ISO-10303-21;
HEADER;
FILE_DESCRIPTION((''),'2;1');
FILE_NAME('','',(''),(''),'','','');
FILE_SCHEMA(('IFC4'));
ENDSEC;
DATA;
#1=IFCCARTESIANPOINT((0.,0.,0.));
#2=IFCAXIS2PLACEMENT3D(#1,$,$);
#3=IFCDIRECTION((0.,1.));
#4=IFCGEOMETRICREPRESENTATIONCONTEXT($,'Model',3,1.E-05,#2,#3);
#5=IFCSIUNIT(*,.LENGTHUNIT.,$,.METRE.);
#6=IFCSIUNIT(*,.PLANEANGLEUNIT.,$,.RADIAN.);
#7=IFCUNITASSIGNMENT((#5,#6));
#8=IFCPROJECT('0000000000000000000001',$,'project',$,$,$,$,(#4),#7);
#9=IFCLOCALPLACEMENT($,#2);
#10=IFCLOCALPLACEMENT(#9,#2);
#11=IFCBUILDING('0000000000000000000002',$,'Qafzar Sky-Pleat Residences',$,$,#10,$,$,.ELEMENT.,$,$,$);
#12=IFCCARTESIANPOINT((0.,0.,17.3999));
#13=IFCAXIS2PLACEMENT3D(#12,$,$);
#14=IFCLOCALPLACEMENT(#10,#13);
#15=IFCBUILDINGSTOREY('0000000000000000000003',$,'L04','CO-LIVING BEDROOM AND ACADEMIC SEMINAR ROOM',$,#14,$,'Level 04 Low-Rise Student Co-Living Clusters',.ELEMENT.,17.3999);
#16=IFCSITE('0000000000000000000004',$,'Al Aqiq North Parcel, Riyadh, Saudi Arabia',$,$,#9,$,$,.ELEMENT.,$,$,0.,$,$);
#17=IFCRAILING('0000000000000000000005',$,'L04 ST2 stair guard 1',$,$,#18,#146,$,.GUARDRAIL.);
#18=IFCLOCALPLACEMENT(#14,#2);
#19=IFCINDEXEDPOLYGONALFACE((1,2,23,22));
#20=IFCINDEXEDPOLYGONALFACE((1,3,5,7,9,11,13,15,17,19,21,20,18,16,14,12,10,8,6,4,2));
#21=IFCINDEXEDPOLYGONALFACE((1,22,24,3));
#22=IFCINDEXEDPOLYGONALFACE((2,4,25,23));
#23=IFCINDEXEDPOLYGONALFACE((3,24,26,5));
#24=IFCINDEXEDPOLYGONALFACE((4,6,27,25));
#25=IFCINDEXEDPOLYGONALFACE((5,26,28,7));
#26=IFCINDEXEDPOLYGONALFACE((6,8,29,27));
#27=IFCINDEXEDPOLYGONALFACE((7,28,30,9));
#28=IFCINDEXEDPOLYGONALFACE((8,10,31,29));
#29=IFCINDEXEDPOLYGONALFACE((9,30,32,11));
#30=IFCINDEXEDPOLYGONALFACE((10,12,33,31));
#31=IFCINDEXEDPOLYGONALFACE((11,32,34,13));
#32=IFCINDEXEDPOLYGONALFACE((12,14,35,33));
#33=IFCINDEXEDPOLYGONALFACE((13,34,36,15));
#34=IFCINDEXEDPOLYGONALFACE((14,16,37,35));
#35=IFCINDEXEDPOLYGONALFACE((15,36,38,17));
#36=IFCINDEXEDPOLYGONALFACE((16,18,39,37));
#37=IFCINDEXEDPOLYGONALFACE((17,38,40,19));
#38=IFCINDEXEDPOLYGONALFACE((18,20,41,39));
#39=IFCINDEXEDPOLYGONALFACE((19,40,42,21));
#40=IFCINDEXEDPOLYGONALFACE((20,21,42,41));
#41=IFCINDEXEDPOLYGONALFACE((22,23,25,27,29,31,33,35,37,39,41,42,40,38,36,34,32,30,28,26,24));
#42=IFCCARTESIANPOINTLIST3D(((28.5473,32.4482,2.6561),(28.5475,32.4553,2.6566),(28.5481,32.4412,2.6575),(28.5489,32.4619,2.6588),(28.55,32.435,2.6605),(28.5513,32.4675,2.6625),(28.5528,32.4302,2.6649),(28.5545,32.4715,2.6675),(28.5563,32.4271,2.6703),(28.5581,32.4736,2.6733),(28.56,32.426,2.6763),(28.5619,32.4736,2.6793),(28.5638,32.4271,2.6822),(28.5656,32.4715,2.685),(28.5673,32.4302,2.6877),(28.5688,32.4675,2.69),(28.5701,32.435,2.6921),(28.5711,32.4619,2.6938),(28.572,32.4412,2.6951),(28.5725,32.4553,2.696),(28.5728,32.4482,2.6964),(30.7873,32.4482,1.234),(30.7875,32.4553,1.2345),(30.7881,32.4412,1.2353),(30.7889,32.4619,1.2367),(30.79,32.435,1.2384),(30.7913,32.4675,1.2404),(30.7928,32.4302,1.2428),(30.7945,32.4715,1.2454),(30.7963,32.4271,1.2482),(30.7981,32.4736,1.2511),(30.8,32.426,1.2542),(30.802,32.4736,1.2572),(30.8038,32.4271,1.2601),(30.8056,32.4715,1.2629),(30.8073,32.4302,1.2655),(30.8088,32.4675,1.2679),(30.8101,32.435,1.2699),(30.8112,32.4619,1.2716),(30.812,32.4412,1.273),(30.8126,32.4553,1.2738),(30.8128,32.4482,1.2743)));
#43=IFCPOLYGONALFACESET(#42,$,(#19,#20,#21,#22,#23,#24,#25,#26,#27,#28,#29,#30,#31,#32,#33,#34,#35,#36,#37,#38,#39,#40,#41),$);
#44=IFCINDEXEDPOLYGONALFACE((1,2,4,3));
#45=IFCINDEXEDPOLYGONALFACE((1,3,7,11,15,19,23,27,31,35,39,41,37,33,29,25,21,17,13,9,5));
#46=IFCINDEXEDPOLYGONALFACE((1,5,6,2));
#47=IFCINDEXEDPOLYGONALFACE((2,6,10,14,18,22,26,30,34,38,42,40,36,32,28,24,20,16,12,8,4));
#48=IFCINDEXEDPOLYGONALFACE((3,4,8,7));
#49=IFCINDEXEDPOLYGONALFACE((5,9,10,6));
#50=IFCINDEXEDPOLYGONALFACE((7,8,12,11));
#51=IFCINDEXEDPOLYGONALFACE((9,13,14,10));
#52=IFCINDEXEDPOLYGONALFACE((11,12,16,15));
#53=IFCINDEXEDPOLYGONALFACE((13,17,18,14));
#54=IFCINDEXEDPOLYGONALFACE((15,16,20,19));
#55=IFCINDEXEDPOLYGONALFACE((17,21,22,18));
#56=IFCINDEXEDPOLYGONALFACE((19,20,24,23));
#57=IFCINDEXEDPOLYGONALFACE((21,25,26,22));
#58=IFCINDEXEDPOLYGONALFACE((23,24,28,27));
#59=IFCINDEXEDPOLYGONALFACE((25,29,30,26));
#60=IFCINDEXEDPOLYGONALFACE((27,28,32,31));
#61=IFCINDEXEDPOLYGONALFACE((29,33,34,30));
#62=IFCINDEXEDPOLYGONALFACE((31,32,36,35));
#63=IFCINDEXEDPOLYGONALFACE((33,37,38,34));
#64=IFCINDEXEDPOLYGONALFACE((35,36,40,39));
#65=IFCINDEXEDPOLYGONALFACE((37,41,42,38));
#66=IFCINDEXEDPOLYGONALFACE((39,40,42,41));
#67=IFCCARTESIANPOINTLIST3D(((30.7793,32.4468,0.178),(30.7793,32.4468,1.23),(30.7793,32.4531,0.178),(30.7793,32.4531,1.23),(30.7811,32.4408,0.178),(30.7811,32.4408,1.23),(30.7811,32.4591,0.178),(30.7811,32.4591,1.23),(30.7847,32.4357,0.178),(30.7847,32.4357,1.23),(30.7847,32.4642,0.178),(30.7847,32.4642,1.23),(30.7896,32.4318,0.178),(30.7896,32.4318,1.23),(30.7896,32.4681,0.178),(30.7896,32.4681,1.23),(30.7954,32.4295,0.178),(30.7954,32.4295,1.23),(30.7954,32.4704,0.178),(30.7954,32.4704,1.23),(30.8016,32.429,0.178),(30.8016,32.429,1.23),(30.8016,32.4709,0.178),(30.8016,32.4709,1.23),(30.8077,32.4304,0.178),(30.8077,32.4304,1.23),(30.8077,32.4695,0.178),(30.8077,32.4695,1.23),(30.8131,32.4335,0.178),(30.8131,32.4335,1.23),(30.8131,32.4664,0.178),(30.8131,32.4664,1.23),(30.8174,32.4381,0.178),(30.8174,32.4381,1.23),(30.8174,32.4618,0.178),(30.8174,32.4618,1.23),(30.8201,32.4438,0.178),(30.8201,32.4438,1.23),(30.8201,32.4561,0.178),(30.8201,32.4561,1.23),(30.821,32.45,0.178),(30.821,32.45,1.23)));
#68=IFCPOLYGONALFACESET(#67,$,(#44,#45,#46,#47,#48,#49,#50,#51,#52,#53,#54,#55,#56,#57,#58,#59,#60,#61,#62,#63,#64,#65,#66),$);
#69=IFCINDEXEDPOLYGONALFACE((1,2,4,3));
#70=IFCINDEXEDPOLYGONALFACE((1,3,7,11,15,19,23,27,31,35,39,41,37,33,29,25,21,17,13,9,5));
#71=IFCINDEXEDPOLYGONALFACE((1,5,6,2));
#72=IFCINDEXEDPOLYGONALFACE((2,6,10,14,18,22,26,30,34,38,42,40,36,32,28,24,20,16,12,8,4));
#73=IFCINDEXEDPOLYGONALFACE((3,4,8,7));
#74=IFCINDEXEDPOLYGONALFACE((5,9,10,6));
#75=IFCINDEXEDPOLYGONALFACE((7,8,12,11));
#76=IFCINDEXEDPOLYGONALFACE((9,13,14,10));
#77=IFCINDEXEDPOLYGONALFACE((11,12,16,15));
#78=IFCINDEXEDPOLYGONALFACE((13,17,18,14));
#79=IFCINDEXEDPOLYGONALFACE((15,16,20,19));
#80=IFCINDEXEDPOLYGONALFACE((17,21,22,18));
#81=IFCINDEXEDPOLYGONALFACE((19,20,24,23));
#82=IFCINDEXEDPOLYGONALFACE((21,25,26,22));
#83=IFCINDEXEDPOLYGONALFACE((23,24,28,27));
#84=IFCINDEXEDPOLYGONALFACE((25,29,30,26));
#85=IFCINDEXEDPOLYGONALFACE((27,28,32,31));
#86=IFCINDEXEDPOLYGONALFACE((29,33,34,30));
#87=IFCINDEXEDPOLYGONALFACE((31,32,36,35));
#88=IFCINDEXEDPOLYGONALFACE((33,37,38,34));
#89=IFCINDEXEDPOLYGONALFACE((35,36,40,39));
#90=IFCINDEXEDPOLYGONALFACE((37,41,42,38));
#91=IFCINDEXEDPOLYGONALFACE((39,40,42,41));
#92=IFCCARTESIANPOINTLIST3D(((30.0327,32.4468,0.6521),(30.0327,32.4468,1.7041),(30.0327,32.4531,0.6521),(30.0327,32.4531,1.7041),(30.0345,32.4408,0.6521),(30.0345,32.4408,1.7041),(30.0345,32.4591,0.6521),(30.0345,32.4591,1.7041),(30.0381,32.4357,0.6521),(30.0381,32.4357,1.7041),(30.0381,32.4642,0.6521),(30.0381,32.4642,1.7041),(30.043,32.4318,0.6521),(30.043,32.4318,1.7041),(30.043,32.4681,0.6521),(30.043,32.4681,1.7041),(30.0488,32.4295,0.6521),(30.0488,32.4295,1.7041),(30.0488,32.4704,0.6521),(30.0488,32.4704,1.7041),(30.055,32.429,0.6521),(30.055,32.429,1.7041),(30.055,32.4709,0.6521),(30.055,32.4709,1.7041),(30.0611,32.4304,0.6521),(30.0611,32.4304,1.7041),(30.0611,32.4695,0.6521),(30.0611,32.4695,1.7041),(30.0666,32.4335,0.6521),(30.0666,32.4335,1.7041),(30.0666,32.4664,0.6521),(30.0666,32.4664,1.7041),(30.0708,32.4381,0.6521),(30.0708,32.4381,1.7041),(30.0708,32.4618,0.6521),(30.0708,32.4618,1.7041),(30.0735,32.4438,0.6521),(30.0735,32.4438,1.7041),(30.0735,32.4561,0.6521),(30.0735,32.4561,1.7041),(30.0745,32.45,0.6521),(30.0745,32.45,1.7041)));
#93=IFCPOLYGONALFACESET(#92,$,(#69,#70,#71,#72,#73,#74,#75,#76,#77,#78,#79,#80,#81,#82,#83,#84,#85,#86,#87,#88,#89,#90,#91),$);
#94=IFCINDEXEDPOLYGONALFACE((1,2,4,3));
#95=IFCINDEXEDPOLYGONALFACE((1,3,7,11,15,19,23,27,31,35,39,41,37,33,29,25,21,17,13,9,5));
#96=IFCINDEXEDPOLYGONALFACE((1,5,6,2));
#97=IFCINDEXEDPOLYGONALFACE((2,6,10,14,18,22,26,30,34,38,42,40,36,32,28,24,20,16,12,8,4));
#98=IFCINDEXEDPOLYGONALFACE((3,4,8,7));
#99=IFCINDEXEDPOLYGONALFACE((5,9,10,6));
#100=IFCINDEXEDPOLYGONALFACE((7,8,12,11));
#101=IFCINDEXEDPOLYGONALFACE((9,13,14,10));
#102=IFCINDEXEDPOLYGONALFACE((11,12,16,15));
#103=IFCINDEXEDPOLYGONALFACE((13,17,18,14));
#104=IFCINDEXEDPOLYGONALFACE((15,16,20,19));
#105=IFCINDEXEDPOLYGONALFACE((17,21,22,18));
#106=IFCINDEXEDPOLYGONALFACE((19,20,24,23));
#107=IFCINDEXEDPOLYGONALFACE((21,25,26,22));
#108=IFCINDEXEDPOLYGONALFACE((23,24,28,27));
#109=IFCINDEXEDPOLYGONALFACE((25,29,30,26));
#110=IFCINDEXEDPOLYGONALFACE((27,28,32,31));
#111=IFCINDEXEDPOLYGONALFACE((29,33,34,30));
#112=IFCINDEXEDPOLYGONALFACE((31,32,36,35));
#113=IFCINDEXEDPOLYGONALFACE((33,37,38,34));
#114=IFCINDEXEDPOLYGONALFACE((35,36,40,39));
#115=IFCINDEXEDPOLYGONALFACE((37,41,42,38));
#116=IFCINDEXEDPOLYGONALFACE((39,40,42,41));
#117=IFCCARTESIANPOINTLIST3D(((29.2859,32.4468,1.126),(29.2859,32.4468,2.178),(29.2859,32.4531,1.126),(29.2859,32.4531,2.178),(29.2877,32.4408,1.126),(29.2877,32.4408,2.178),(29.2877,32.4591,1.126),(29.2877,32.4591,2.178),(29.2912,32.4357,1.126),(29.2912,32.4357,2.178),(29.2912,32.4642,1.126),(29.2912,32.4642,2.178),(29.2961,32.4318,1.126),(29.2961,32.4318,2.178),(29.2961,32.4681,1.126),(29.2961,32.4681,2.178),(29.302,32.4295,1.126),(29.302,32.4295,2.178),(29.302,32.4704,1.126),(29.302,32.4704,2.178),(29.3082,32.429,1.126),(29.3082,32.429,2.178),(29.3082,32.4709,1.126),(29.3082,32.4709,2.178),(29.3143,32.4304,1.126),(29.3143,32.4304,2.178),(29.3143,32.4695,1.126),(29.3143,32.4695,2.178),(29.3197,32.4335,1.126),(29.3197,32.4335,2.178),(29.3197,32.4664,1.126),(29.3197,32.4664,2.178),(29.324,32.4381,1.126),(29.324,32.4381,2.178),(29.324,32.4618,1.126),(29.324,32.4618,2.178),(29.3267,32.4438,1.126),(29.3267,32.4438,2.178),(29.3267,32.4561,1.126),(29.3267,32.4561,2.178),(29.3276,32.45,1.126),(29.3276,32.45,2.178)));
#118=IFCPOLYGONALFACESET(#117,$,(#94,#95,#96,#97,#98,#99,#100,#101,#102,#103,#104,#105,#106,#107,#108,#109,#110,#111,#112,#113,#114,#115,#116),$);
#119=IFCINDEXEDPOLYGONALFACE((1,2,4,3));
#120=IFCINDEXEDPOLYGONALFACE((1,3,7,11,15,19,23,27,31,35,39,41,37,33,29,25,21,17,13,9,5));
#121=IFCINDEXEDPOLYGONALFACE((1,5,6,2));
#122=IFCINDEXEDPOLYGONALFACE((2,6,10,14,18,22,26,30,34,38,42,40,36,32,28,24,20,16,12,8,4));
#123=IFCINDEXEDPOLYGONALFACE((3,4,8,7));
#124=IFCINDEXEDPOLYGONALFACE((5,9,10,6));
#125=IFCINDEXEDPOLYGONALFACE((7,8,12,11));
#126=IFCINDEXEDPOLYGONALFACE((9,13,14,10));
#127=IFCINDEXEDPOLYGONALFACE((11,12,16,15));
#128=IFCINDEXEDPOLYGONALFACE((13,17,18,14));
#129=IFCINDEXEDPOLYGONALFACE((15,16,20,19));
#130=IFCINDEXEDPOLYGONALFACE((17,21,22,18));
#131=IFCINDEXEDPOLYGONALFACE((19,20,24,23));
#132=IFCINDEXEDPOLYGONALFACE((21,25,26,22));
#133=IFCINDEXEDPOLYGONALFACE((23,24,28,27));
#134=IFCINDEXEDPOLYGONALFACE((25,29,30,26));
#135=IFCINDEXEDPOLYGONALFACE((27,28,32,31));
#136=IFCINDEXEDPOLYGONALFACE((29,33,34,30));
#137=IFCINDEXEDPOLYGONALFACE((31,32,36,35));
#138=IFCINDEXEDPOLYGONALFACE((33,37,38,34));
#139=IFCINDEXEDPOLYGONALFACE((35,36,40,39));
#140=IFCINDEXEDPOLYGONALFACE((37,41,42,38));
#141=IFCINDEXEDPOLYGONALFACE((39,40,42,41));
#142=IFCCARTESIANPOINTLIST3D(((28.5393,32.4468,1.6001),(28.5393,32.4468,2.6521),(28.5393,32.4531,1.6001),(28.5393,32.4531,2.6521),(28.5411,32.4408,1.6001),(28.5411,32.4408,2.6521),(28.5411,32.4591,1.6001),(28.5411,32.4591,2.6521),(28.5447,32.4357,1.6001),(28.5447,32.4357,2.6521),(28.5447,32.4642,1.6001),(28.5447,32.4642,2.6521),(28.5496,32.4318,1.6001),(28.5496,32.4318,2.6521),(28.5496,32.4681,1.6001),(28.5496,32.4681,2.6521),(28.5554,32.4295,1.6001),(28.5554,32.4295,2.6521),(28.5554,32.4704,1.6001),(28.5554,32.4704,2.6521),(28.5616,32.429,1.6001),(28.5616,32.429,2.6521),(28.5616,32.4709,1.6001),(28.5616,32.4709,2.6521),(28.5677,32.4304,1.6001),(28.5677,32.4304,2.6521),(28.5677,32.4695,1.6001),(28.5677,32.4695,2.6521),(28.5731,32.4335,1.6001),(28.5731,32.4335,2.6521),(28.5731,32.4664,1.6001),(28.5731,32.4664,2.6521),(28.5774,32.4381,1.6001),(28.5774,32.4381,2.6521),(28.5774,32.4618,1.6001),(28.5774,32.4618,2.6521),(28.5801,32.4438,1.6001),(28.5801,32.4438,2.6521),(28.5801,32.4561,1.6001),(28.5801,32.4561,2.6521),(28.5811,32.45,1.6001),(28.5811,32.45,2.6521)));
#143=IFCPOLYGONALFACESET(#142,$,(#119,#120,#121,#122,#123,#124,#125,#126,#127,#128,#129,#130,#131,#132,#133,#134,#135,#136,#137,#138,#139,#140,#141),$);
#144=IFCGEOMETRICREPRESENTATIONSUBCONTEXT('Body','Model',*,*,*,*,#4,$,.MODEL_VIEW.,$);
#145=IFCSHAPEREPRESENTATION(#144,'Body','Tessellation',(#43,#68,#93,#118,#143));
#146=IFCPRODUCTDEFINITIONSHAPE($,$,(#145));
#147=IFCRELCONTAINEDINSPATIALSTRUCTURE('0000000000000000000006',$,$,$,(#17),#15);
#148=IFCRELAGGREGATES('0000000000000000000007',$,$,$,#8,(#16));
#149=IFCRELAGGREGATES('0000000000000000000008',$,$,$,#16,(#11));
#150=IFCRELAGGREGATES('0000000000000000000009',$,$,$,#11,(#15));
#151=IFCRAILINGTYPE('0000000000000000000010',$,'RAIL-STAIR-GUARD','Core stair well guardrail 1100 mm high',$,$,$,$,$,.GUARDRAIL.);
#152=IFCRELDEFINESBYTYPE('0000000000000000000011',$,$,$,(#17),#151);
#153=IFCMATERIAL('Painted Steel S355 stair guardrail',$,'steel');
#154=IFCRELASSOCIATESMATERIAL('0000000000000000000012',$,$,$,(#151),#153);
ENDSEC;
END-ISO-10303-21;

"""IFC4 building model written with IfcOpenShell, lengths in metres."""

from ifc_helpers import new_model, si_unit, direction, frame, origin, origin_2d, place, context, subcontext, project, spatial, circle, extrude, source, transform, mapped, material, type_object, element, save


model = new_model("IFC4")

# Units and contexts
model_context = context("Model", 3, precision=1e-05, world=origin(), true_north=direction((0.0, 1.0)))
body_context = subcontext(model_context, "Body", "Model", "MODEL_VIEW")
ifc_project = project(units=[si_unit("LENGTHUNIT", "METRE"), si_unit("PLANEANGLEUNIT", "RADIAN")], contexts=[model_context])

# Site, building, storey
site_placement = place(None, origin())
site = spatial("IfcSite", under=ifc_project, at=site_placement, Name="Al Aqiq North Parcel, Riyadh, Saudi Arabia", CompositionType="ELEMENT", RefElevation=0.0)
building_placement = place(site_placement, origin())
building = spatial("IfcBuilding", under=site, at=building_placement, Name="Qafzar Sky-Pleat Residences", CompositionType="ELEMENT")
storey_placement = place(building_placement, frame((0.0, 0.0, 17.3999)))
storey = spatial("IfcBuildingStorey", under=building, at=storey_placement, Name="L04", Description="CO-LIVING BEDROOM AND ACADEMIC SEMINAR ROOM", LongName="Level 04 Low-Rise Student Co-Living Clusters", CompositionType="ELEMENT", Elevation=17.3999)

# Railing
ifc_material_1 = material(Name="Painted Steel S355 stair guardrail", Category="steel")
railing_type = type_object("IfcRailingType", Name="RAIL-STAIR-GUARD", Description="Core stair well guardrail 1100 mm high", PredefinedType="GUARDRAIL", material=ifc_material_1)
shared_shape_1 = source(origin(), body_context, "Body", "SweptSolid", [
    extrude(circle(Radius=0.0239, at=origin_2d()), frame((0.0, 0.0, 1.0762), z_axis=(-0.844229, 0.0, 0.535982), x_axis=(0.0, -1.0, 0.0)), (0.0, 0.0, 1.0), 2.6533),
    extrude(circle(Radius=0.021, at=origin_2d()), origin(), (0.0, 0.0, 1.0), 1.052),
    extrude(circle(Radius=0.021, at=origin_2d()), frame((-0.7466, 0.0, 0.4741)), (0.0, 0.0, 1.0), 1.052),
    extrude(circle(Radius=0.021, at=origin_2d()), frame((-1.4934, 0.0, 0.948)), (0.0, 0.0, 1.0), 1.052),
    extrude(circle(Radius=0.021, at=origin_2d()), frame((-2.24, 0.0, 1.4221)), (0.0, 0.0, 1.0), 1.052),
])
railing_1_placement = place(storey_placement, frame((30.8, 32.45, 0.178)))
element("IfcRailing", 1, at=railing_1_placement, inside=storey, type_object=railing_type, Name="L04 ST2 stair guard 1", PredefinedType="GUARDRAIL", context=body_context, shape_type="MappedRepresentation", body=[
    mapped(shared_shape_1, transform((0.0, 0.0, 0.0), x_axis=(1.0, 0.0, 0.0), y_axis=(0.0, 1.0, 0.0), z_axis=(0.0, 0.0, 1.0), scale=1.0)),
])

save(model, "model.ifc")
